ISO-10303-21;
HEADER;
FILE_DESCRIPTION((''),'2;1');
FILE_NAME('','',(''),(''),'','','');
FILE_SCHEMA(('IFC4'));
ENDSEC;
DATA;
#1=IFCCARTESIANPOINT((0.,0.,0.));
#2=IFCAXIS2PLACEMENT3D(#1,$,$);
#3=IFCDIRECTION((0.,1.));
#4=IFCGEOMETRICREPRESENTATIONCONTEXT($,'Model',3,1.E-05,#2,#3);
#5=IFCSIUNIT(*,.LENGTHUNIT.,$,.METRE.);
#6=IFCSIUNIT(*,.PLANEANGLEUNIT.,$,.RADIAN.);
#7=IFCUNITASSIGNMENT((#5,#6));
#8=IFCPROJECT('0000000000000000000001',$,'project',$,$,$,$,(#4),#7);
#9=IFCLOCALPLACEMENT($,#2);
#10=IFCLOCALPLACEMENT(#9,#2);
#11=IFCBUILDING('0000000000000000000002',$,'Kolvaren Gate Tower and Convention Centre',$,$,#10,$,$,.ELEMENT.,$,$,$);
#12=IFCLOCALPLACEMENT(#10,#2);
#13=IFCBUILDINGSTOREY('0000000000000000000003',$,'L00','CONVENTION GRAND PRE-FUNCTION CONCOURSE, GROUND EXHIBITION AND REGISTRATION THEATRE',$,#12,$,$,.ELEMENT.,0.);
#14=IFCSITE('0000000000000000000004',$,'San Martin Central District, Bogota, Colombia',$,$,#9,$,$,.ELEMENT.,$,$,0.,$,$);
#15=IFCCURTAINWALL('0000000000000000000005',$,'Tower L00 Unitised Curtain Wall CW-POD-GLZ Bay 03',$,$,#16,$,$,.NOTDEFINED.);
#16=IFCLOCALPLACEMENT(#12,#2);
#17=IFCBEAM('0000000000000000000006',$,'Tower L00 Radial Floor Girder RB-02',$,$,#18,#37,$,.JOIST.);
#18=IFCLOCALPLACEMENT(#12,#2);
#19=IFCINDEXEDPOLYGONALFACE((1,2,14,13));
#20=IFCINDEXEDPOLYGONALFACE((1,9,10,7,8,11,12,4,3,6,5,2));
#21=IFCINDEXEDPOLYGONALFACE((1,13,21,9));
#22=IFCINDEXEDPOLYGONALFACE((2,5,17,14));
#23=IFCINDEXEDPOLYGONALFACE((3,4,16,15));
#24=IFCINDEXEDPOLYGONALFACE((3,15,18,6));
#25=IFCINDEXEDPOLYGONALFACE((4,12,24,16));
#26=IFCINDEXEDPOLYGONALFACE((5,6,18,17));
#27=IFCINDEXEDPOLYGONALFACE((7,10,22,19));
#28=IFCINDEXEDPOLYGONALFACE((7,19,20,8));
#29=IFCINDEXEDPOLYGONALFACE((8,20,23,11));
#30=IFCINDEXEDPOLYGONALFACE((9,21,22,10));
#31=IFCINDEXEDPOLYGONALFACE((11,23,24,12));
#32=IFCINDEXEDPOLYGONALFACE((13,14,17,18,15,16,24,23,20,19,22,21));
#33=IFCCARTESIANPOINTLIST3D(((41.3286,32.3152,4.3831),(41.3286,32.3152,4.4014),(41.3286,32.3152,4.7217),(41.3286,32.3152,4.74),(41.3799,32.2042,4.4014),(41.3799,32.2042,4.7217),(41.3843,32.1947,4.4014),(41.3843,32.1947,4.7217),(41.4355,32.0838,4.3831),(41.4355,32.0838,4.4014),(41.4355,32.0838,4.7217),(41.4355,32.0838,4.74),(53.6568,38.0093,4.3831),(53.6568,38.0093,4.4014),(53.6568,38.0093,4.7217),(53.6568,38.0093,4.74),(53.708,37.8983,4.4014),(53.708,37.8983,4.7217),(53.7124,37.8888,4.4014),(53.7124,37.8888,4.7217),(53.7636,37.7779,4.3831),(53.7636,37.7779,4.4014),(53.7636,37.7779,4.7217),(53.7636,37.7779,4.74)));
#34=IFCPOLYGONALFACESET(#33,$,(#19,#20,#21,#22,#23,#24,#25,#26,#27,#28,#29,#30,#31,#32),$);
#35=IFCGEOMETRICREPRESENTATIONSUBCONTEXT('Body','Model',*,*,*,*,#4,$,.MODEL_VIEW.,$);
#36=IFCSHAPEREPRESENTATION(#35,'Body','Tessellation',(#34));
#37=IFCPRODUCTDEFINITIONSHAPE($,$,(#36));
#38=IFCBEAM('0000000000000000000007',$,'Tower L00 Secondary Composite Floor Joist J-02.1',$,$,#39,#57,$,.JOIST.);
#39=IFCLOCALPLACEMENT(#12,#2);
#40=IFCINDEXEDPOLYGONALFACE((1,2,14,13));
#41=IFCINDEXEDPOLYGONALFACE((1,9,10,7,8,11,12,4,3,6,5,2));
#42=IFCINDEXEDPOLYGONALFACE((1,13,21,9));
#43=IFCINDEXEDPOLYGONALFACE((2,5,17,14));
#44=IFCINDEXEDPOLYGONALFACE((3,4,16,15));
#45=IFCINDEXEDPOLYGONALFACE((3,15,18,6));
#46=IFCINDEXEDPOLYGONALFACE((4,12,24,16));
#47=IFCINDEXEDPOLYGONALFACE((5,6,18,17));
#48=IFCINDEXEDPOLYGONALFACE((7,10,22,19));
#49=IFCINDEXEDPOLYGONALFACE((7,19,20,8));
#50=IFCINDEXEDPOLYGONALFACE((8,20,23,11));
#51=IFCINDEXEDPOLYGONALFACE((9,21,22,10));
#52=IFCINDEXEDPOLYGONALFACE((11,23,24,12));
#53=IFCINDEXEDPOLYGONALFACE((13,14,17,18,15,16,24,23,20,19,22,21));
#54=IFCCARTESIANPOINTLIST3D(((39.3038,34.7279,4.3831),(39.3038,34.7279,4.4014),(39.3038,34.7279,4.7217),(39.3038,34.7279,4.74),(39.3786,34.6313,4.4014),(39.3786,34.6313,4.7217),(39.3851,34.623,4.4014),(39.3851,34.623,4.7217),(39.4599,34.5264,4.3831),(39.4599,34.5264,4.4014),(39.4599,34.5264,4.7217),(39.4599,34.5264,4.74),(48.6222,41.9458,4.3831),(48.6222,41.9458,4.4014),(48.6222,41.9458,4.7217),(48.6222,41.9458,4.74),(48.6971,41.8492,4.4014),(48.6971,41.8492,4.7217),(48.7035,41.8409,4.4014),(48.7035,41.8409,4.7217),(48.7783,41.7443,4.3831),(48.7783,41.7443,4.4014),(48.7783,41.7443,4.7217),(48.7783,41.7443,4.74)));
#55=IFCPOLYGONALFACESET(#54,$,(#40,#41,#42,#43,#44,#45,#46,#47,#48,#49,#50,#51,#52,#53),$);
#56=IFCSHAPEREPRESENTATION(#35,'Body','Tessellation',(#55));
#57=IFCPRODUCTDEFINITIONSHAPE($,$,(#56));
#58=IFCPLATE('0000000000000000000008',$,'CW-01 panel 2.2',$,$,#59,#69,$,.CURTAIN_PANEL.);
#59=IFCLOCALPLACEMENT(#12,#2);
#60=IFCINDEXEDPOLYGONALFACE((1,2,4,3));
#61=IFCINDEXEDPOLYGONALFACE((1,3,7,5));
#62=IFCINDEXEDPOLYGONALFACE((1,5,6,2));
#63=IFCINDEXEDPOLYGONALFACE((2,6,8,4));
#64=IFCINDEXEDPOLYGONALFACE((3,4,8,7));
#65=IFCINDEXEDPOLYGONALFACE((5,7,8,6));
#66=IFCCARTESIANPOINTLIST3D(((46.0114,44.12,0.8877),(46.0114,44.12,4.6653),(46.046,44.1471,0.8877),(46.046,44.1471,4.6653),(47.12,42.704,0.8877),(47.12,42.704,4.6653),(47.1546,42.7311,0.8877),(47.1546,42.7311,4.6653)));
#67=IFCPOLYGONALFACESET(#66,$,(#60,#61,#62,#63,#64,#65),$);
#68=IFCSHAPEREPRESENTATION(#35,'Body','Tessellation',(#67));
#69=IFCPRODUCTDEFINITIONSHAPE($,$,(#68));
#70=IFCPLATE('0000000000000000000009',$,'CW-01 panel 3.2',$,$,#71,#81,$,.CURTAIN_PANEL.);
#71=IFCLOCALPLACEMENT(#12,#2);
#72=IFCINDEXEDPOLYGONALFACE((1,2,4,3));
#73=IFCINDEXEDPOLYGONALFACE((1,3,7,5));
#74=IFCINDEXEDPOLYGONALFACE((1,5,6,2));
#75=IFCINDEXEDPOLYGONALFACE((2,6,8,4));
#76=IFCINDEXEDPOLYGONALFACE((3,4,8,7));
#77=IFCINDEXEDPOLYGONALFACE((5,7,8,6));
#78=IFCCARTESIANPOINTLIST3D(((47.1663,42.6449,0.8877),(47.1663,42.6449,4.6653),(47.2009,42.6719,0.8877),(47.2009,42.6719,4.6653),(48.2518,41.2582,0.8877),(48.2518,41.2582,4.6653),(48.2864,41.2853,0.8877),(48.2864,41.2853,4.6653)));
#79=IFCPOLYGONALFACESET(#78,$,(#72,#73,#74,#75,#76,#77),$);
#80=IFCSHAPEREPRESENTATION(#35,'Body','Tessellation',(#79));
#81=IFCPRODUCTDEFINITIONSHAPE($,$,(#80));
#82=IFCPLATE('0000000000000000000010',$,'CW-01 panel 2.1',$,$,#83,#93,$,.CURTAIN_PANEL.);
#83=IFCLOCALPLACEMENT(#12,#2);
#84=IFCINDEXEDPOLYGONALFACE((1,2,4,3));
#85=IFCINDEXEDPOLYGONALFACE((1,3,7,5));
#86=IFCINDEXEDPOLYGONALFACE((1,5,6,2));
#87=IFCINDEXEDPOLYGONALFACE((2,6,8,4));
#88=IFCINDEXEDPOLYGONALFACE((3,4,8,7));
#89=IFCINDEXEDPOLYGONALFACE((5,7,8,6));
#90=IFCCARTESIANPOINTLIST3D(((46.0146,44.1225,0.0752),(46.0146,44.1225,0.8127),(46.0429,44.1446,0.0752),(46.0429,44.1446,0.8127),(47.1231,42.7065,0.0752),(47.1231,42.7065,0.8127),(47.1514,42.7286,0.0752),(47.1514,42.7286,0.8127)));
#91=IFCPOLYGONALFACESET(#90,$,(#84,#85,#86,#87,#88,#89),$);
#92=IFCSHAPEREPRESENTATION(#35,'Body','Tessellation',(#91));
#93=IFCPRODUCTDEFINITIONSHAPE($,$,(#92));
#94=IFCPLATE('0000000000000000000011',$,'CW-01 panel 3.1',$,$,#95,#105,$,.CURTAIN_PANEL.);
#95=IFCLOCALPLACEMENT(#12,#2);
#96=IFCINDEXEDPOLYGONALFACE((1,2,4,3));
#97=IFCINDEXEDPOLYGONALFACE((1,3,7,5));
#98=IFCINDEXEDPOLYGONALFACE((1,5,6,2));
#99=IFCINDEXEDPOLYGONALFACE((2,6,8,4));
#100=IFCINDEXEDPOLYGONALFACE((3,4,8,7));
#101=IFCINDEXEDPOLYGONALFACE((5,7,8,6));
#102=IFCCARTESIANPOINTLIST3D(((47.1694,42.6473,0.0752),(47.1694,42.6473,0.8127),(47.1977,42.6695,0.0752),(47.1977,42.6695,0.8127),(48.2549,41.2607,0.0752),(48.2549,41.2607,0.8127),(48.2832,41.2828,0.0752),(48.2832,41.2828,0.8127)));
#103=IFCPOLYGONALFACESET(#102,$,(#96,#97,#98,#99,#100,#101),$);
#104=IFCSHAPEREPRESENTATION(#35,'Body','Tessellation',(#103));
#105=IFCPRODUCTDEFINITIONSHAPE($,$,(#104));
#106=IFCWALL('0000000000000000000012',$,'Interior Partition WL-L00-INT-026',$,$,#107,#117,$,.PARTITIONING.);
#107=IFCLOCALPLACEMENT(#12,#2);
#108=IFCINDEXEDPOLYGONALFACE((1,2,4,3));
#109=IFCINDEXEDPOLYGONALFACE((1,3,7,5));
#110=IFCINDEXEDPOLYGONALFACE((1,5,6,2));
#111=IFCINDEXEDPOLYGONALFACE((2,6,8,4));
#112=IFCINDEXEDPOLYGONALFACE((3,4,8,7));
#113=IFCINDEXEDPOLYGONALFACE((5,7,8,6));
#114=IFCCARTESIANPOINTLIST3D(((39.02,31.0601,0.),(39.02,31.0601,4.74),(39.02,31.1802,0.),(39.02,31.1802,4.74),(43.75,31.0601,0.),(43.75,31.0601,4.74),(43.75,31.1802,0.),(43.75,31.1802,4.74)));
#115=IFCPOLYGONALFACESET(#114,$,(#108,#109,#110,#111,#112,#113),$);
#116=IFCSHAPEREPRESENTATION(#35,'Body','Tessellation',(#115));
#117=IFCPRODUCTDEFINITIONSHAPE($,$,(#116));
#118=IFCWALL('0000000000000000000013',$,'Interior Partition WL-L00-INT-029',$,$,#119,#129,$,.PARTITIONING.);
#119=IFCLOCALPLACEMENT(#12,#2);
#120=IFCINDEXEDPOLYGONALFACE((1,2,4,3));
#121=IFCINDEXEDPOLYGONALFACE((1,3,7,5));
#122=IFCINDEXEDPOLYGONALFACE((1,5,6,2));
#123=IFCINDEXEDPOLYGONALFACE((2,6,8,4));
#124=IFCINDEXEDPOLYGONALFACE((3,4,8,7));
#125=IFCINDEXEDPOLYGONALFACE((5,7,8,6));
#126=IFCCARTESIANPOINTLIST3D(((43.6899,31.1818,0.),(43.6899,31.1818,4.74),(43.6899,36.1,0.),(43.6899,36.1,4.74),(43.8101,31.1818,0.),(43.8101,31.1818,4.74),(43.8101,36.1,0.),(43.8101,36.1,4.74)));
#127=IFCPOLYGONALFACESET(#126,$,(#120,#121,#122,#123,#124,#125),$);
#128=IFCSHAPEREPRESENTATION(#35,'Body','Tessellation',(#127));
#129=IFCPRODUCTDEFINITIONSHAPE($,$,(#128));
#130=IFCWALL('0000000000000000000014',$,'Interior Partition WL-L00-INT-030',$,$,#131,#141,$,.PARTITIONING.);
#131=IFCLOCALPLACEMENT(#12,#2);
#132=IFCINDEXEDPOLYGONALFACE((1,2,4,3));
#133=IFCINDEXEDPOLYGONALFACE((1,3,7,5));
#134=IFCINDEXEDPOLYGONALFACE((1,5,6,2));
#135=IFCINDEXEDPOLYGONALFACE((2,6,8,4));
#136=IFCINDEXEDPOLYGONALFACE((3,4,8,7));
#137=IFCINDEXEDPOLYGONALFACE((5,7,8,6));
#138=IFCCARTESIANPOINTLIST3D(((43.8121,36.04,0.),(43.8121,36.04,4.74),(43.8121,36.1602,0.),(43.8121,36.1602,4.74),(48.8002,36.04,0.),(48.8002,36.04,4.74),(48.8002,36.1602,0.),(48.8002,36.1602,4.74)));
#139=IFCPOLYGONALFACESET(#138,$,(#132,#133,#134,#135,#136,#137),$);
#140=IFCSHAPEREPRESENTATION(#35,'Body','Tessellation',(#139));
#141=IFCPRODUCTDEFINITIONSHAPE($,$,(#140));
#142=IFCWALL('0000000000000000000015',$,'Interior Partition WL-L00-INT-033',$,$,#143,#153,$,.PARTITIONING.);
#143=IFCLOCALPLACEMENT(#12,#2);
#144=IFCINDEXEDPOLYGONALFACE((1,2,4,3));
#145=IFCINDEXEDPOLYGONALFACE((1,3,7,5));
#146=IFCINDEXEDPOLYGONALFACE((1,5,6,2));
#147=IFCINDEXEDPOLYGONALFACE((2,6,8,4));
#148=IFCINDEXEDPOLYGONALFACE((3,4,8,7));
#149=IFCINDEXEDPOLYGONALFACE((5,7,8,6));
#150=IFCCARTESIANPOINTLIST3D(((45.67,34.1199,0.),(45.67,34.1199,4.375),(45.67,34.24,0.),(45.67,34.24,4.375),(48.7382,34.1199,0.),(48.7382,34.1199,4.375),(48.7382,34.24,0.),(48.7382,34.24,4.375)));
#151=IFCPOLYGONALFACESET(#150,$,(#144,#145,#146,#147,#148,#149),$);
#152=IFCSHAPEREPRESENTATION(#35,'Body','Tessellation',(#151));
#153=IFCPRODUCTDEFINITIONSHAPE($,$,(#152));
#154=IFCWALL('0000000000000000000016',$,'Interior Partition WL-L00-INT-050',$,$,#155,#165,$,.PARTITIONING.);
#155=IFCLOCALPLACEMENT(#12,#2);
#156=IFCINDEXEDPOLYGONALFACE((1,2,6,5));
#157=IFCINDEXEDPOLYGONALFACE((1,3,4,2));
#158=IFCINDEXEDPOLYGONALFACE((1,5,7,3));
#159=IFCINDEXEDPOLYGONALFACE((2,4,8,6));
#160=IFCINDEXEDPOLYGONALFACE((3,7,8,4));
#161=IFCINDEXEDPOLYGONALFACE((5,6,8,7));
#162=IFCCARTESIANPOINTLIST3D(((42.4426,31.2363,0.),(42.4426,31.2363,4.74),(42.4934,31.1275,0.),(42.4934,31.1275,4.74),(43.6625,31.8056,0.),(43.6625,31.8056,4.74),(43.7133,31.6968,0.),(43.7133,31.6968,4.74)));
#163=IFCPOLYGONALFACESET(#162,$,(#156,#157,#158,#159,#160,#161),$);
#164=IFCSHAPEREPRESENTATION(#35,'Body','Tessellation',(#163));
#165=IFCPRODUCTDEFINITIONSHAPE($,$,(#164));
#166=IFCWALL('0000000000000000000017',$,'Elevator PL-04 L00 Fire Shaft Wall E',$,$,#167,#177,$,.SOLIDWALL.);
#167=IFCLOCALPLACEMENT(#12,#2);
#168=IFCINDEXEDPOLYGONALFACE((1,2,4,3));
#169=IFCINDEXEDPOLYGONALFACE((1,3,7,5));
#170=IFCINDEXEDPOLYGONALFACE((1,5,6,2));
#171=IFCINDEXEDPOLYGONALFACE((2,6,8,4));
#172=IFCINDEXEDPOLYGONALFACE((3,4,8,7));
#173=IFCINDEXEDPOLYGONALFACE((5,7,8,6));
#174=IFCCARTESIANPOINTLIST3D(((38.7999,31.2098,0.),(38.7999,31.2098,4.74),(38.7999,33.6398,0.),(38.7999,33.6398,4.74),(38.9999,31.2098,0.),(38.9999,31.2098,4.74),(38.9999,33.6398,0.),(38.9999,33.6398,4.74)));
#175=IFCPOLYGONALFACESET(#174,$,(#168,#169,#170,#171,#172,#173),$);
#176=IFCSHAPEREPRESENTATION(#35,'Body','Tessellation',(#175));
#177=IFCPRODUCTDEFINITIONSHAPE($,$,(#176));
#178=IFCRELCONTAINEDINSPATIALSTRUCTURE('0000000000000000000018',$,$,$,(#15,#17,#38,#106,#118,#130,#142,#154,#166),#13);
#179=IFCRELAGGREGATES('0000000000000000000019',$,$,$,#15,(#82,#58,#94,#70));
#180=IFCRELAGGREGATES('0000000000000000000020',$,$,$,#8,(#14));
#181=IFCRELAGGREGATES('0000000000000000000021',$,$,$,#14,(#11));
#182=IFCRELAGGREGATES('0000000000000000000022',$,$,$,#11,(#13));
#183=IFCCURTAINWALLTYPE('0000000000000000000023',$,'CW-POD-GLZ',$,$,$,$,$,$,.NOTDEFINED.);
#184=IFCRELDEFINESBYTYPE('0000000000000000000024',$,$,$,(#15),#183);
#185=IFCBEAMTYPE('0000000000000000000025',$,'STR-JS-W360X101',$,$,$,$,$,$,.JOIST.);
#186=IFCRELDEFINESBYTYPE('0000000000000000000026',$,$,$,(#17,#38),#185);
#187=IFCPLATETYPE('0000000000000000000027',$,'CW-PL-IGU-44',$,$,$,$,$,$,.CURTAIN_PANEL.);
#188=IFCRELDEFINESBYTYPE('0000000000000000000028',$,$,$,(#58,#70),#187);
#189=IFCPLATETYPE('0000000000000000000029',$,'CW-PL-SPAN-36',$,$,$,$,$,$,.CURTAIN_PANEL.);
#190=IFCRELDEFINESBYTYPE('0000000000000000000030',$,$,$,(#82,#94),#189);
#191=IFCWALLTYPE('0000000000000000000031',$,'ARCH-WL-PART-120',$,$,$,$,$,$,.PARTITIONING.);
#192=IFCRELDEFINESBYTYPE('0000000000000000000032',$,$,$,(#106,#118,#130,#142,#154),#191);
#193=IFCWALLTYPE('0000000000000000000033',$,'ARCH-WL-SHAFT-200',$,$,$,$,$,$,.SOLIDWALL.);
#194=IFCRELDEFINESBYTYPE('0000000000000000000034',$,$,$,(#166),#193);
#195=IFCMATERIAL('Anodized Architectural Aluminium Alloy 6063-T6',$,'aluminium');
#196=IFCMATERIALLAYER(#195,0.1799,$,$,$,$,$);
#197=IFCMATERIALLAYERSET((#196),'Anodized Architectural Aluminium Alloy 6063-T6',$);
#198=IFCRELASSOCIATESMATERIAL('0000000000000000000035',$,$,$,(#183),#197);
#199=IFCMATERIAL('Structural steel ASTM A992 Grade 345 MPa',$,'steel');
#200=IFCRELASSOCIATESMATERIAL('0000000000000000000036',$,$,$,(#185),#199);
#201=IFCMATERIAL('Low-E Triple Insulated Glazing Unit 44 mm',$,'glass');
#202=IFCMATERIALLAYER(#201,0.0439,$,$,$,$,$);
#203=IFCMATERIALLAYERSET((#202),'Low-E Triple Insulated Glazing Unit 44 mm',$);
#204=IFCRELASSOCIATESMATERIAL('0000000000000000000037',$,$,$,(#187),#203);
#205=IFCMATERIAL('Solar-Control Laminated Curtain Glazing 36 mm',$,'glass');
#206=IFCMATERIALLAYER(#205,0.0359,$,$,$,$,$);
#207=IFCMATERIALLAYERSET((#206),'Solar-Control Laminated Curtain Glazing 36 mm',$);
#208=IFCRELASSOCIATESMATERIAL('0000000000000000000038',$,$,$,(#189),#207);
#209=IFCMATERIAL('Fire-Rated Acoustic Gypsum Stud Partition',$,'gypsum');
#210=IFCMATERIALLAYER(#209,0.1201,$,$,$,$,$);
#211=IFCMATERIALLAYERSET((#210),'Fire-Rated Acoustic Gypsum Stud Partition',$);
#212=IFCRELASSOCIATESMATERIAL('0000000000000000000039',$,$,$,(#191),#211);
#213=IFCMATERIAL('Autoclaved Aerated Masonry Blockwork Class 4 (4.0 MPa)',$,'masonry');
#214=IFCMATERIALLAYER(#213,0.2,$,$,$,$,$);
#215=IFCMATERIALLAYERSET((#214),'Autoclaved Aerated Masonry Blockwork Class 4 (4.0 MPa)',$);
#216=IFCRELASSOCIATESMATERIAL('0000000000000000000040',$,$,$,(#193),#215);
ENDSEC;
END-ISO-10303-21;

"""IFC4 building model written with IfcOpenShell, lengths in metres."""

from ifc_helpers import new_model, si_unit, direction, frame, frame_2d, origin, origin_2d, place, context, subcontext, project, spatial, rectangle, i_section, extrude, material, layer, layer_set, material_profile, profile_set, type_object, element, aggregate, save


model = new_model("IFC4")

# Units and contexts
model_context = context("Model", 3, precision=1e-05, world=origin(), true_north=direction((0.0, 1.0)))
body_context = subcontext(model_context, "Body", "Model", "MODEL_VIEW")
ifc_project = project(units=[si_unit("LENGTHUNIT", "METRE"), si_unit("PLANEANGLEUNIT", "RADIAN")], contexts=[model_context])

# Site, building, storey
site_placement = place(None, origin())
site = spatial("IfcSite", under=ifc_project, at=site_placement, Name="San Martin Central District, Bogota, Colombia", CompositionType="ELEMENT", RefElevation=0.0)
building_placement = place(site_placement, origin())
building = spatial("IfcBuilding", under=site, at=building_placement, Name="Kolvaren Gate Tower and Convention Centre", CompositionType="ELEMENT")
storey_placement = place(building_placement, origin())
storey = spatial("IfcBuildingStorey", under=building, at=storey_placement, Name="L00", Description="CONVENTION GRAND PRE-FUNCTION CONCOURSE, GROUND EXHIBITION AND REGISTRATION THEATRE", CompositionType="ELEMENT", Elevation=0.0)

# Shared definitions
ifc_material_1 = material(Name="Anodized Architectural Aluminium Alloy 6063-T6", Category="aluminium")
ifc_layer_1 = layer(ifc_material_1, 0.1799)
ifc_layer_set_1 = layer_set([ifc_layer_1], Name="Anodized Architectural Aluminium Alloy 6063-T6")
curtain_wall_type = type_object("IfcCurtainWallType", Name="CW-POD-GLZ", PredefinedType="NOTDEFINED", material=ifc_layer_set_1)

# Curtain wall
curtain_wall_1_placement = place(storey_placement, origin())
curtain_wall_1 = element("IfcCurtainWall", 1, at=curtain_wall_1_placement, inside=storey, type_object=curtain_wall_type, Name="Tower L00 Unitised Curtain Wall CW-POD-GLZ Bay 03", PredefinedType="NOTDEFINED")

# Beams
ifc_material_2 = material(Name="Structural steel ASTM A992 Grade 345 MPa", Category="steel")
ifc_material_profile_1 = material_profile(ifc_material_2, i_section(OverallWidth=0.2549, OverallDepth=0.3569, WebThickness=0.0105, FlangeThickness=0.0183, at=origin_2d()), Name="W360X101")
ifc_profile_set_1 = profile_set([ifc_material_profile_1], Name="Structural steel ASTM A992 Grade 345 MPa")
beam_type_1 = type_object("IfcBeamType", Name="STR-JS-W360X101", PredefinedType="JOIST", material=ifc_profile_set_1)
beam_1_placement = place(storey_placement, frame((41.3821, 32.1995, 4.5615), z_axis=(0.907842, 0.419312, 0.0), x_axis=(-0.419312, 0.907842, 0.0)))
element("IfcBeam", 2, at=beam_1_placement, inside=storey, type_object=beam_type_1, Name="Tower L00 Radial Floor Girder RB-02", PredefinedType="JOIST", context=body_context, shape_type="SweptSolid", body=[
    extrude(i_section(OverallWidth=0.2549, OverallDepth=0.3569, WebThickness=0.0105, FlangeThickness=0.0183, at=origin_2d()), origin(), (0.0, 0.0, 1.0), 13.5796),
])
beam_2_placement = place(storey_placement, frame((39.3818, 34.6272, 4.5615), z_axis=(0.790577, 0.612362, 0.0), x_axis=(-0.612362, 0.790577, 0.0)))
element("IfcBeam", 3, at=beam_2_placement, inside=storey, type_object=beam_type_1, Name="Tower L00 Secondary Composite Floor Joist J-02.1", PredefinedType="JOIST", context=body_context, shape_type="SweptSolid", body=[
    extrude(i_section(OverallWidth=0.2549, OverallDepth=0.3569, WebThickness=0.0105, FlangeThickness=0.0183, at=origin_2d()), origin(), (0.0, 0.0, 1.0), 11.7869),
])

# Plates
ifc_material_3 = material(Name="Low-E Triple Insulated Glazing Unit 44 mm", Category="glass")
ifc_layer_2 = layer(ifc_material_3, 0.0439)
ifc_layer_set_2 = layer_set([ifc_layer_2], Name="Low-E Triple Insulated Glazing Unit 44 mm")
plate_type_1 = type_object("IfcPlateType", Name="CW-PL-IGU-44", PredefinedType="CURTAIN_PANEL", material=ifc_layer_set_2)
plate_1_placement = place(storey_placement, frame((46.583, 43.4255, 0.8877), z_axis=(0.0, 0.0, 1.0), x_axis=(0.616426, -0.787413, 0.0)))
plate_1 = element("IfcPlate", 4, at=plate_1_placement, type_object=plate_type_1, Name="CW-01 panel 2.2", PredefinedType="CURTAIN_PANEL", context=body_context, shape_type="SweptSolid", body=[
    extrude(rectangle(XDim=1.7983, YDim=0.0439, at=origin_2d()), origin(), (0.0, 0.0, 1.0), 3.7776),
])
plate_2_placement = place(storey_placement, frame((47.7263, 41.9651, 0.8877), z_axis=(0.0, 0.0, 1.0), x_axis=(0.616426, -0.787413, 0.0)))
plate_2 = element("IfcPlate", 5, at=plate_2_placement, type_object=plate_type_1, Name="CW-01 panel 3.2", PredefinedType="CURTAIN_PANEL", context=body_context, shape_type="SweptSolid", body=[
    extrude(rectangle(XDim=1.761, YDim=0.0439, at=origin_2d()), origin(), (0.0, 0.0, 1.0), 3.7776),
])
ifc_material_4 = material(Name="Solar-Control Laminated Curtain Glazing 36 mm", Category="glass")
ifc_layer_3 = layer(ifc_material_4, 0.0359)
ifc_layer_set_3 = layer_set([ifc_layer_3], Name="Solar-Control Laminated Curtain Glazing 36 mm")
plate_type_2 = type_object("IfcPlateType", Name="CW-PL-SPAN-36", PredefinedType="CURTAIN_PANEL", material=ifc_layer_set_3)
plate_3_placement = place(storey_placement, frame((46.583, 43.4255, 0.0752), z_axis=(0.0, 0.0, 1.0), x_axis=(0.616426, -0.787413, 0.0)))
plate_3 = element("IfcPlate", 6, at=plate_3_placement, type_object=plate_type_2, Name="CW-01 panel 2.1", PredefinedType="CURTAIN_PANEL", context=body_context, shape_type="SweptSolid", body=[
    extrude(rectangle(XDim=1.7983, YDim=0.0359, at=origin_2d()), origin(), (0.0, 0.0, 1.0), 0.7375),
])
plate_4_placement = place(storey_placement, frame((47.7263, 41.9651, 0.0752), z_axis=(0.0, 0.0, 1.0), x_axis=(0.616426, -0.787413, 0.0)))
plate_4 = element("IfcPlate", 7, at=plate_4_placement, type_object=plate_type_2, Name="CW-01 panel 3.1", PredefinedType="CURTAIN_PANEL", context=body_context, shape_type="SweptSolid", body=[
    extrude(rectangle(XDim=1.761, YDim=0.0359, at=origin_2d()), origin(), (0.0, 0.0, 1.0), 0.7375),
])
aggregate(curtain_wall_1, [plate_3, plate_1, plate_4, plate_2])

# Walls
ifc_material_5 = material(Name="Fire-Rated Acoustic Gypsum Stud Partition", Category="gypsum")
ifc_layer_4 = layer(ifc_material_5, 0.1201)
ifc_layer_set_4 = layer_set([ifc_layer_4], Name="Fire-Rated Acoustic Gypsum Stud Partition")
wall_type_1 = type_object("IfcWallType", Name="ARCH-WL-PART-120", PredefinedType="PARTITIONING", material=ifc_layer_set_4)
wall_1_placement = place(storey_placement, frame((39.02, 31.1201, 0.0), z_axis=(0.0, 0.0, 1.0), x_axis=(1.0, 0.0, 0.0)))
element("IfcWall", 8, at=wall_1_placement, inside=storey, type_object=wall_type_1, Name="Interior Partition WL-L00-INT-026", PredefinedType="PARTITIONING", context=body_context, shape_type="SweptSolid", body=[
    extrude(rectangle(XDim=4.73, YDim=0.1201, at=frame_2d((2.365, 0.0))), origin(), (0.0, 0.0, 1.0), 4.74),
])
wall_2_placement = place(storey_placement, frame((43.75, 31.1819, 0.0), z_axis=(0.0, 0.0, 1.0), x_axis=(0.0, 1.0, 0.0)))
element("IfcWall", 9, at=wall_2_placement, inside=storey, type_object=wall_type_1, Name="Interior Partition WL-L00-INT-029", PredefinedType="PARTITIONING", context=body_context, shape_type="SweptSolid", body=[
    extrude(rectangle(XDim=4.9182, YDim=0.1201, at=frame_2d((2.459, 0.0))), origin(), (0.0, 0.0, 1.0), 4.74),
])
wall_3_placement = place(storey_placement, frame((43.812, 36.1001, 0.0), z_axis=(0.0, 0.0, 1.0), x_axis=(1.0, 0.0, 0.0)))
element("IfcWall", 10, at=wall_3_placement, inside=storey, type_object=wall_type_1, Name="Interior Partition WL-L00-INT-030", PredefinedType="PARTITIONING", context=body_context, shape_type="SweptSolid", body=[
    extrude(rectangle(XDim=4.988, YDim=0.1201, at=frame_2d((2.4941, 0.0))), origin(), (0.0, 0.0, 1.0), 4.74),
])
wall_4_placement = place(storey_placement, frame((45.6699, 34.1799, 0.0), z_axis=(0.0, 0.0, 1.0), x_axis=(1.0, 0.0, 0.0)))
element("IfcWall", 11, at=wall_4_placement, inside=storey, type_object=wall_type_1, Name="Interior Partition WL-L00-INT-033", PredefinedType="PARTITIONING", context=body_context, shape_type="SweptSolid", body=[
    extrude(rectangle(XDim=3.0681, YDim=0.1201, at=frame_2d((1.5342, 0.0))), origin(), (0.0, 0.0, 1.0), 4.375),
])
wall_5_placement = place(storey_placement, frame((42.468, 31.1819, 0.0), z_axis=(0.0, 0.0, 1.0), x_axis=(0.906179, 0.422895, 0.0)))
element("IfcWall", 12, at=wall_5_placement, inside=storey, type_object=wall_type_1, Name="Interior Partition WL-L00-INT-050", PredefinedType="PARTITIONING", context=body_context, shape_type="SweptSolid", body=[
    extrude(rectangle(XDim=1.3462, YDim=0.1201, at=frame_2d((0.6731, 0.0))), origin(), (0.0, 0.0, 1.0), 4.74),
])
ifc_material_6 = material(Name="Autoclaved Aerated Masonry Blockwork Class 4 (4.0 MPa)", Category="masonry")
ifc_layer_5 = layer(ifc_material_6, 0.2)
ifc_layer_set_5 = layer_set([ifc_layer_5], Name="Autoclaved Aerated Masonry Blockwork Class 4 (4.0 MPa)")
wall_type_2 = type_object("IfcWallType", Name="ARCH-WL-SHAFT-200", PredefinedType="SOLIDWALL", material=ifc_layer_set_5)
wall_6_placement = place(storey_placement, frame((38.8999, 31.21, 0.0), z_axis=(0.0, 0.0, 1.0), x_axis=(0.0, 1.0, 0.0)))
element("IfcWall", 13, at=wall_6_placement, inside=storey, type_object=wall_type_2, Name="Elevator PL-04 L00 Fire Shaft Wall E", PredefinedType="SOLIDWALL", context=body_context, shape_type="SweptSolid", body=[
    extrude(rectangle(XDim=2.4299, YDim=0.2, at=frame_2d((1.2148, 0.0))), origin(), (0.0, 0.0, 1.0), 4.74),
])

save(model, "model.ifc")
